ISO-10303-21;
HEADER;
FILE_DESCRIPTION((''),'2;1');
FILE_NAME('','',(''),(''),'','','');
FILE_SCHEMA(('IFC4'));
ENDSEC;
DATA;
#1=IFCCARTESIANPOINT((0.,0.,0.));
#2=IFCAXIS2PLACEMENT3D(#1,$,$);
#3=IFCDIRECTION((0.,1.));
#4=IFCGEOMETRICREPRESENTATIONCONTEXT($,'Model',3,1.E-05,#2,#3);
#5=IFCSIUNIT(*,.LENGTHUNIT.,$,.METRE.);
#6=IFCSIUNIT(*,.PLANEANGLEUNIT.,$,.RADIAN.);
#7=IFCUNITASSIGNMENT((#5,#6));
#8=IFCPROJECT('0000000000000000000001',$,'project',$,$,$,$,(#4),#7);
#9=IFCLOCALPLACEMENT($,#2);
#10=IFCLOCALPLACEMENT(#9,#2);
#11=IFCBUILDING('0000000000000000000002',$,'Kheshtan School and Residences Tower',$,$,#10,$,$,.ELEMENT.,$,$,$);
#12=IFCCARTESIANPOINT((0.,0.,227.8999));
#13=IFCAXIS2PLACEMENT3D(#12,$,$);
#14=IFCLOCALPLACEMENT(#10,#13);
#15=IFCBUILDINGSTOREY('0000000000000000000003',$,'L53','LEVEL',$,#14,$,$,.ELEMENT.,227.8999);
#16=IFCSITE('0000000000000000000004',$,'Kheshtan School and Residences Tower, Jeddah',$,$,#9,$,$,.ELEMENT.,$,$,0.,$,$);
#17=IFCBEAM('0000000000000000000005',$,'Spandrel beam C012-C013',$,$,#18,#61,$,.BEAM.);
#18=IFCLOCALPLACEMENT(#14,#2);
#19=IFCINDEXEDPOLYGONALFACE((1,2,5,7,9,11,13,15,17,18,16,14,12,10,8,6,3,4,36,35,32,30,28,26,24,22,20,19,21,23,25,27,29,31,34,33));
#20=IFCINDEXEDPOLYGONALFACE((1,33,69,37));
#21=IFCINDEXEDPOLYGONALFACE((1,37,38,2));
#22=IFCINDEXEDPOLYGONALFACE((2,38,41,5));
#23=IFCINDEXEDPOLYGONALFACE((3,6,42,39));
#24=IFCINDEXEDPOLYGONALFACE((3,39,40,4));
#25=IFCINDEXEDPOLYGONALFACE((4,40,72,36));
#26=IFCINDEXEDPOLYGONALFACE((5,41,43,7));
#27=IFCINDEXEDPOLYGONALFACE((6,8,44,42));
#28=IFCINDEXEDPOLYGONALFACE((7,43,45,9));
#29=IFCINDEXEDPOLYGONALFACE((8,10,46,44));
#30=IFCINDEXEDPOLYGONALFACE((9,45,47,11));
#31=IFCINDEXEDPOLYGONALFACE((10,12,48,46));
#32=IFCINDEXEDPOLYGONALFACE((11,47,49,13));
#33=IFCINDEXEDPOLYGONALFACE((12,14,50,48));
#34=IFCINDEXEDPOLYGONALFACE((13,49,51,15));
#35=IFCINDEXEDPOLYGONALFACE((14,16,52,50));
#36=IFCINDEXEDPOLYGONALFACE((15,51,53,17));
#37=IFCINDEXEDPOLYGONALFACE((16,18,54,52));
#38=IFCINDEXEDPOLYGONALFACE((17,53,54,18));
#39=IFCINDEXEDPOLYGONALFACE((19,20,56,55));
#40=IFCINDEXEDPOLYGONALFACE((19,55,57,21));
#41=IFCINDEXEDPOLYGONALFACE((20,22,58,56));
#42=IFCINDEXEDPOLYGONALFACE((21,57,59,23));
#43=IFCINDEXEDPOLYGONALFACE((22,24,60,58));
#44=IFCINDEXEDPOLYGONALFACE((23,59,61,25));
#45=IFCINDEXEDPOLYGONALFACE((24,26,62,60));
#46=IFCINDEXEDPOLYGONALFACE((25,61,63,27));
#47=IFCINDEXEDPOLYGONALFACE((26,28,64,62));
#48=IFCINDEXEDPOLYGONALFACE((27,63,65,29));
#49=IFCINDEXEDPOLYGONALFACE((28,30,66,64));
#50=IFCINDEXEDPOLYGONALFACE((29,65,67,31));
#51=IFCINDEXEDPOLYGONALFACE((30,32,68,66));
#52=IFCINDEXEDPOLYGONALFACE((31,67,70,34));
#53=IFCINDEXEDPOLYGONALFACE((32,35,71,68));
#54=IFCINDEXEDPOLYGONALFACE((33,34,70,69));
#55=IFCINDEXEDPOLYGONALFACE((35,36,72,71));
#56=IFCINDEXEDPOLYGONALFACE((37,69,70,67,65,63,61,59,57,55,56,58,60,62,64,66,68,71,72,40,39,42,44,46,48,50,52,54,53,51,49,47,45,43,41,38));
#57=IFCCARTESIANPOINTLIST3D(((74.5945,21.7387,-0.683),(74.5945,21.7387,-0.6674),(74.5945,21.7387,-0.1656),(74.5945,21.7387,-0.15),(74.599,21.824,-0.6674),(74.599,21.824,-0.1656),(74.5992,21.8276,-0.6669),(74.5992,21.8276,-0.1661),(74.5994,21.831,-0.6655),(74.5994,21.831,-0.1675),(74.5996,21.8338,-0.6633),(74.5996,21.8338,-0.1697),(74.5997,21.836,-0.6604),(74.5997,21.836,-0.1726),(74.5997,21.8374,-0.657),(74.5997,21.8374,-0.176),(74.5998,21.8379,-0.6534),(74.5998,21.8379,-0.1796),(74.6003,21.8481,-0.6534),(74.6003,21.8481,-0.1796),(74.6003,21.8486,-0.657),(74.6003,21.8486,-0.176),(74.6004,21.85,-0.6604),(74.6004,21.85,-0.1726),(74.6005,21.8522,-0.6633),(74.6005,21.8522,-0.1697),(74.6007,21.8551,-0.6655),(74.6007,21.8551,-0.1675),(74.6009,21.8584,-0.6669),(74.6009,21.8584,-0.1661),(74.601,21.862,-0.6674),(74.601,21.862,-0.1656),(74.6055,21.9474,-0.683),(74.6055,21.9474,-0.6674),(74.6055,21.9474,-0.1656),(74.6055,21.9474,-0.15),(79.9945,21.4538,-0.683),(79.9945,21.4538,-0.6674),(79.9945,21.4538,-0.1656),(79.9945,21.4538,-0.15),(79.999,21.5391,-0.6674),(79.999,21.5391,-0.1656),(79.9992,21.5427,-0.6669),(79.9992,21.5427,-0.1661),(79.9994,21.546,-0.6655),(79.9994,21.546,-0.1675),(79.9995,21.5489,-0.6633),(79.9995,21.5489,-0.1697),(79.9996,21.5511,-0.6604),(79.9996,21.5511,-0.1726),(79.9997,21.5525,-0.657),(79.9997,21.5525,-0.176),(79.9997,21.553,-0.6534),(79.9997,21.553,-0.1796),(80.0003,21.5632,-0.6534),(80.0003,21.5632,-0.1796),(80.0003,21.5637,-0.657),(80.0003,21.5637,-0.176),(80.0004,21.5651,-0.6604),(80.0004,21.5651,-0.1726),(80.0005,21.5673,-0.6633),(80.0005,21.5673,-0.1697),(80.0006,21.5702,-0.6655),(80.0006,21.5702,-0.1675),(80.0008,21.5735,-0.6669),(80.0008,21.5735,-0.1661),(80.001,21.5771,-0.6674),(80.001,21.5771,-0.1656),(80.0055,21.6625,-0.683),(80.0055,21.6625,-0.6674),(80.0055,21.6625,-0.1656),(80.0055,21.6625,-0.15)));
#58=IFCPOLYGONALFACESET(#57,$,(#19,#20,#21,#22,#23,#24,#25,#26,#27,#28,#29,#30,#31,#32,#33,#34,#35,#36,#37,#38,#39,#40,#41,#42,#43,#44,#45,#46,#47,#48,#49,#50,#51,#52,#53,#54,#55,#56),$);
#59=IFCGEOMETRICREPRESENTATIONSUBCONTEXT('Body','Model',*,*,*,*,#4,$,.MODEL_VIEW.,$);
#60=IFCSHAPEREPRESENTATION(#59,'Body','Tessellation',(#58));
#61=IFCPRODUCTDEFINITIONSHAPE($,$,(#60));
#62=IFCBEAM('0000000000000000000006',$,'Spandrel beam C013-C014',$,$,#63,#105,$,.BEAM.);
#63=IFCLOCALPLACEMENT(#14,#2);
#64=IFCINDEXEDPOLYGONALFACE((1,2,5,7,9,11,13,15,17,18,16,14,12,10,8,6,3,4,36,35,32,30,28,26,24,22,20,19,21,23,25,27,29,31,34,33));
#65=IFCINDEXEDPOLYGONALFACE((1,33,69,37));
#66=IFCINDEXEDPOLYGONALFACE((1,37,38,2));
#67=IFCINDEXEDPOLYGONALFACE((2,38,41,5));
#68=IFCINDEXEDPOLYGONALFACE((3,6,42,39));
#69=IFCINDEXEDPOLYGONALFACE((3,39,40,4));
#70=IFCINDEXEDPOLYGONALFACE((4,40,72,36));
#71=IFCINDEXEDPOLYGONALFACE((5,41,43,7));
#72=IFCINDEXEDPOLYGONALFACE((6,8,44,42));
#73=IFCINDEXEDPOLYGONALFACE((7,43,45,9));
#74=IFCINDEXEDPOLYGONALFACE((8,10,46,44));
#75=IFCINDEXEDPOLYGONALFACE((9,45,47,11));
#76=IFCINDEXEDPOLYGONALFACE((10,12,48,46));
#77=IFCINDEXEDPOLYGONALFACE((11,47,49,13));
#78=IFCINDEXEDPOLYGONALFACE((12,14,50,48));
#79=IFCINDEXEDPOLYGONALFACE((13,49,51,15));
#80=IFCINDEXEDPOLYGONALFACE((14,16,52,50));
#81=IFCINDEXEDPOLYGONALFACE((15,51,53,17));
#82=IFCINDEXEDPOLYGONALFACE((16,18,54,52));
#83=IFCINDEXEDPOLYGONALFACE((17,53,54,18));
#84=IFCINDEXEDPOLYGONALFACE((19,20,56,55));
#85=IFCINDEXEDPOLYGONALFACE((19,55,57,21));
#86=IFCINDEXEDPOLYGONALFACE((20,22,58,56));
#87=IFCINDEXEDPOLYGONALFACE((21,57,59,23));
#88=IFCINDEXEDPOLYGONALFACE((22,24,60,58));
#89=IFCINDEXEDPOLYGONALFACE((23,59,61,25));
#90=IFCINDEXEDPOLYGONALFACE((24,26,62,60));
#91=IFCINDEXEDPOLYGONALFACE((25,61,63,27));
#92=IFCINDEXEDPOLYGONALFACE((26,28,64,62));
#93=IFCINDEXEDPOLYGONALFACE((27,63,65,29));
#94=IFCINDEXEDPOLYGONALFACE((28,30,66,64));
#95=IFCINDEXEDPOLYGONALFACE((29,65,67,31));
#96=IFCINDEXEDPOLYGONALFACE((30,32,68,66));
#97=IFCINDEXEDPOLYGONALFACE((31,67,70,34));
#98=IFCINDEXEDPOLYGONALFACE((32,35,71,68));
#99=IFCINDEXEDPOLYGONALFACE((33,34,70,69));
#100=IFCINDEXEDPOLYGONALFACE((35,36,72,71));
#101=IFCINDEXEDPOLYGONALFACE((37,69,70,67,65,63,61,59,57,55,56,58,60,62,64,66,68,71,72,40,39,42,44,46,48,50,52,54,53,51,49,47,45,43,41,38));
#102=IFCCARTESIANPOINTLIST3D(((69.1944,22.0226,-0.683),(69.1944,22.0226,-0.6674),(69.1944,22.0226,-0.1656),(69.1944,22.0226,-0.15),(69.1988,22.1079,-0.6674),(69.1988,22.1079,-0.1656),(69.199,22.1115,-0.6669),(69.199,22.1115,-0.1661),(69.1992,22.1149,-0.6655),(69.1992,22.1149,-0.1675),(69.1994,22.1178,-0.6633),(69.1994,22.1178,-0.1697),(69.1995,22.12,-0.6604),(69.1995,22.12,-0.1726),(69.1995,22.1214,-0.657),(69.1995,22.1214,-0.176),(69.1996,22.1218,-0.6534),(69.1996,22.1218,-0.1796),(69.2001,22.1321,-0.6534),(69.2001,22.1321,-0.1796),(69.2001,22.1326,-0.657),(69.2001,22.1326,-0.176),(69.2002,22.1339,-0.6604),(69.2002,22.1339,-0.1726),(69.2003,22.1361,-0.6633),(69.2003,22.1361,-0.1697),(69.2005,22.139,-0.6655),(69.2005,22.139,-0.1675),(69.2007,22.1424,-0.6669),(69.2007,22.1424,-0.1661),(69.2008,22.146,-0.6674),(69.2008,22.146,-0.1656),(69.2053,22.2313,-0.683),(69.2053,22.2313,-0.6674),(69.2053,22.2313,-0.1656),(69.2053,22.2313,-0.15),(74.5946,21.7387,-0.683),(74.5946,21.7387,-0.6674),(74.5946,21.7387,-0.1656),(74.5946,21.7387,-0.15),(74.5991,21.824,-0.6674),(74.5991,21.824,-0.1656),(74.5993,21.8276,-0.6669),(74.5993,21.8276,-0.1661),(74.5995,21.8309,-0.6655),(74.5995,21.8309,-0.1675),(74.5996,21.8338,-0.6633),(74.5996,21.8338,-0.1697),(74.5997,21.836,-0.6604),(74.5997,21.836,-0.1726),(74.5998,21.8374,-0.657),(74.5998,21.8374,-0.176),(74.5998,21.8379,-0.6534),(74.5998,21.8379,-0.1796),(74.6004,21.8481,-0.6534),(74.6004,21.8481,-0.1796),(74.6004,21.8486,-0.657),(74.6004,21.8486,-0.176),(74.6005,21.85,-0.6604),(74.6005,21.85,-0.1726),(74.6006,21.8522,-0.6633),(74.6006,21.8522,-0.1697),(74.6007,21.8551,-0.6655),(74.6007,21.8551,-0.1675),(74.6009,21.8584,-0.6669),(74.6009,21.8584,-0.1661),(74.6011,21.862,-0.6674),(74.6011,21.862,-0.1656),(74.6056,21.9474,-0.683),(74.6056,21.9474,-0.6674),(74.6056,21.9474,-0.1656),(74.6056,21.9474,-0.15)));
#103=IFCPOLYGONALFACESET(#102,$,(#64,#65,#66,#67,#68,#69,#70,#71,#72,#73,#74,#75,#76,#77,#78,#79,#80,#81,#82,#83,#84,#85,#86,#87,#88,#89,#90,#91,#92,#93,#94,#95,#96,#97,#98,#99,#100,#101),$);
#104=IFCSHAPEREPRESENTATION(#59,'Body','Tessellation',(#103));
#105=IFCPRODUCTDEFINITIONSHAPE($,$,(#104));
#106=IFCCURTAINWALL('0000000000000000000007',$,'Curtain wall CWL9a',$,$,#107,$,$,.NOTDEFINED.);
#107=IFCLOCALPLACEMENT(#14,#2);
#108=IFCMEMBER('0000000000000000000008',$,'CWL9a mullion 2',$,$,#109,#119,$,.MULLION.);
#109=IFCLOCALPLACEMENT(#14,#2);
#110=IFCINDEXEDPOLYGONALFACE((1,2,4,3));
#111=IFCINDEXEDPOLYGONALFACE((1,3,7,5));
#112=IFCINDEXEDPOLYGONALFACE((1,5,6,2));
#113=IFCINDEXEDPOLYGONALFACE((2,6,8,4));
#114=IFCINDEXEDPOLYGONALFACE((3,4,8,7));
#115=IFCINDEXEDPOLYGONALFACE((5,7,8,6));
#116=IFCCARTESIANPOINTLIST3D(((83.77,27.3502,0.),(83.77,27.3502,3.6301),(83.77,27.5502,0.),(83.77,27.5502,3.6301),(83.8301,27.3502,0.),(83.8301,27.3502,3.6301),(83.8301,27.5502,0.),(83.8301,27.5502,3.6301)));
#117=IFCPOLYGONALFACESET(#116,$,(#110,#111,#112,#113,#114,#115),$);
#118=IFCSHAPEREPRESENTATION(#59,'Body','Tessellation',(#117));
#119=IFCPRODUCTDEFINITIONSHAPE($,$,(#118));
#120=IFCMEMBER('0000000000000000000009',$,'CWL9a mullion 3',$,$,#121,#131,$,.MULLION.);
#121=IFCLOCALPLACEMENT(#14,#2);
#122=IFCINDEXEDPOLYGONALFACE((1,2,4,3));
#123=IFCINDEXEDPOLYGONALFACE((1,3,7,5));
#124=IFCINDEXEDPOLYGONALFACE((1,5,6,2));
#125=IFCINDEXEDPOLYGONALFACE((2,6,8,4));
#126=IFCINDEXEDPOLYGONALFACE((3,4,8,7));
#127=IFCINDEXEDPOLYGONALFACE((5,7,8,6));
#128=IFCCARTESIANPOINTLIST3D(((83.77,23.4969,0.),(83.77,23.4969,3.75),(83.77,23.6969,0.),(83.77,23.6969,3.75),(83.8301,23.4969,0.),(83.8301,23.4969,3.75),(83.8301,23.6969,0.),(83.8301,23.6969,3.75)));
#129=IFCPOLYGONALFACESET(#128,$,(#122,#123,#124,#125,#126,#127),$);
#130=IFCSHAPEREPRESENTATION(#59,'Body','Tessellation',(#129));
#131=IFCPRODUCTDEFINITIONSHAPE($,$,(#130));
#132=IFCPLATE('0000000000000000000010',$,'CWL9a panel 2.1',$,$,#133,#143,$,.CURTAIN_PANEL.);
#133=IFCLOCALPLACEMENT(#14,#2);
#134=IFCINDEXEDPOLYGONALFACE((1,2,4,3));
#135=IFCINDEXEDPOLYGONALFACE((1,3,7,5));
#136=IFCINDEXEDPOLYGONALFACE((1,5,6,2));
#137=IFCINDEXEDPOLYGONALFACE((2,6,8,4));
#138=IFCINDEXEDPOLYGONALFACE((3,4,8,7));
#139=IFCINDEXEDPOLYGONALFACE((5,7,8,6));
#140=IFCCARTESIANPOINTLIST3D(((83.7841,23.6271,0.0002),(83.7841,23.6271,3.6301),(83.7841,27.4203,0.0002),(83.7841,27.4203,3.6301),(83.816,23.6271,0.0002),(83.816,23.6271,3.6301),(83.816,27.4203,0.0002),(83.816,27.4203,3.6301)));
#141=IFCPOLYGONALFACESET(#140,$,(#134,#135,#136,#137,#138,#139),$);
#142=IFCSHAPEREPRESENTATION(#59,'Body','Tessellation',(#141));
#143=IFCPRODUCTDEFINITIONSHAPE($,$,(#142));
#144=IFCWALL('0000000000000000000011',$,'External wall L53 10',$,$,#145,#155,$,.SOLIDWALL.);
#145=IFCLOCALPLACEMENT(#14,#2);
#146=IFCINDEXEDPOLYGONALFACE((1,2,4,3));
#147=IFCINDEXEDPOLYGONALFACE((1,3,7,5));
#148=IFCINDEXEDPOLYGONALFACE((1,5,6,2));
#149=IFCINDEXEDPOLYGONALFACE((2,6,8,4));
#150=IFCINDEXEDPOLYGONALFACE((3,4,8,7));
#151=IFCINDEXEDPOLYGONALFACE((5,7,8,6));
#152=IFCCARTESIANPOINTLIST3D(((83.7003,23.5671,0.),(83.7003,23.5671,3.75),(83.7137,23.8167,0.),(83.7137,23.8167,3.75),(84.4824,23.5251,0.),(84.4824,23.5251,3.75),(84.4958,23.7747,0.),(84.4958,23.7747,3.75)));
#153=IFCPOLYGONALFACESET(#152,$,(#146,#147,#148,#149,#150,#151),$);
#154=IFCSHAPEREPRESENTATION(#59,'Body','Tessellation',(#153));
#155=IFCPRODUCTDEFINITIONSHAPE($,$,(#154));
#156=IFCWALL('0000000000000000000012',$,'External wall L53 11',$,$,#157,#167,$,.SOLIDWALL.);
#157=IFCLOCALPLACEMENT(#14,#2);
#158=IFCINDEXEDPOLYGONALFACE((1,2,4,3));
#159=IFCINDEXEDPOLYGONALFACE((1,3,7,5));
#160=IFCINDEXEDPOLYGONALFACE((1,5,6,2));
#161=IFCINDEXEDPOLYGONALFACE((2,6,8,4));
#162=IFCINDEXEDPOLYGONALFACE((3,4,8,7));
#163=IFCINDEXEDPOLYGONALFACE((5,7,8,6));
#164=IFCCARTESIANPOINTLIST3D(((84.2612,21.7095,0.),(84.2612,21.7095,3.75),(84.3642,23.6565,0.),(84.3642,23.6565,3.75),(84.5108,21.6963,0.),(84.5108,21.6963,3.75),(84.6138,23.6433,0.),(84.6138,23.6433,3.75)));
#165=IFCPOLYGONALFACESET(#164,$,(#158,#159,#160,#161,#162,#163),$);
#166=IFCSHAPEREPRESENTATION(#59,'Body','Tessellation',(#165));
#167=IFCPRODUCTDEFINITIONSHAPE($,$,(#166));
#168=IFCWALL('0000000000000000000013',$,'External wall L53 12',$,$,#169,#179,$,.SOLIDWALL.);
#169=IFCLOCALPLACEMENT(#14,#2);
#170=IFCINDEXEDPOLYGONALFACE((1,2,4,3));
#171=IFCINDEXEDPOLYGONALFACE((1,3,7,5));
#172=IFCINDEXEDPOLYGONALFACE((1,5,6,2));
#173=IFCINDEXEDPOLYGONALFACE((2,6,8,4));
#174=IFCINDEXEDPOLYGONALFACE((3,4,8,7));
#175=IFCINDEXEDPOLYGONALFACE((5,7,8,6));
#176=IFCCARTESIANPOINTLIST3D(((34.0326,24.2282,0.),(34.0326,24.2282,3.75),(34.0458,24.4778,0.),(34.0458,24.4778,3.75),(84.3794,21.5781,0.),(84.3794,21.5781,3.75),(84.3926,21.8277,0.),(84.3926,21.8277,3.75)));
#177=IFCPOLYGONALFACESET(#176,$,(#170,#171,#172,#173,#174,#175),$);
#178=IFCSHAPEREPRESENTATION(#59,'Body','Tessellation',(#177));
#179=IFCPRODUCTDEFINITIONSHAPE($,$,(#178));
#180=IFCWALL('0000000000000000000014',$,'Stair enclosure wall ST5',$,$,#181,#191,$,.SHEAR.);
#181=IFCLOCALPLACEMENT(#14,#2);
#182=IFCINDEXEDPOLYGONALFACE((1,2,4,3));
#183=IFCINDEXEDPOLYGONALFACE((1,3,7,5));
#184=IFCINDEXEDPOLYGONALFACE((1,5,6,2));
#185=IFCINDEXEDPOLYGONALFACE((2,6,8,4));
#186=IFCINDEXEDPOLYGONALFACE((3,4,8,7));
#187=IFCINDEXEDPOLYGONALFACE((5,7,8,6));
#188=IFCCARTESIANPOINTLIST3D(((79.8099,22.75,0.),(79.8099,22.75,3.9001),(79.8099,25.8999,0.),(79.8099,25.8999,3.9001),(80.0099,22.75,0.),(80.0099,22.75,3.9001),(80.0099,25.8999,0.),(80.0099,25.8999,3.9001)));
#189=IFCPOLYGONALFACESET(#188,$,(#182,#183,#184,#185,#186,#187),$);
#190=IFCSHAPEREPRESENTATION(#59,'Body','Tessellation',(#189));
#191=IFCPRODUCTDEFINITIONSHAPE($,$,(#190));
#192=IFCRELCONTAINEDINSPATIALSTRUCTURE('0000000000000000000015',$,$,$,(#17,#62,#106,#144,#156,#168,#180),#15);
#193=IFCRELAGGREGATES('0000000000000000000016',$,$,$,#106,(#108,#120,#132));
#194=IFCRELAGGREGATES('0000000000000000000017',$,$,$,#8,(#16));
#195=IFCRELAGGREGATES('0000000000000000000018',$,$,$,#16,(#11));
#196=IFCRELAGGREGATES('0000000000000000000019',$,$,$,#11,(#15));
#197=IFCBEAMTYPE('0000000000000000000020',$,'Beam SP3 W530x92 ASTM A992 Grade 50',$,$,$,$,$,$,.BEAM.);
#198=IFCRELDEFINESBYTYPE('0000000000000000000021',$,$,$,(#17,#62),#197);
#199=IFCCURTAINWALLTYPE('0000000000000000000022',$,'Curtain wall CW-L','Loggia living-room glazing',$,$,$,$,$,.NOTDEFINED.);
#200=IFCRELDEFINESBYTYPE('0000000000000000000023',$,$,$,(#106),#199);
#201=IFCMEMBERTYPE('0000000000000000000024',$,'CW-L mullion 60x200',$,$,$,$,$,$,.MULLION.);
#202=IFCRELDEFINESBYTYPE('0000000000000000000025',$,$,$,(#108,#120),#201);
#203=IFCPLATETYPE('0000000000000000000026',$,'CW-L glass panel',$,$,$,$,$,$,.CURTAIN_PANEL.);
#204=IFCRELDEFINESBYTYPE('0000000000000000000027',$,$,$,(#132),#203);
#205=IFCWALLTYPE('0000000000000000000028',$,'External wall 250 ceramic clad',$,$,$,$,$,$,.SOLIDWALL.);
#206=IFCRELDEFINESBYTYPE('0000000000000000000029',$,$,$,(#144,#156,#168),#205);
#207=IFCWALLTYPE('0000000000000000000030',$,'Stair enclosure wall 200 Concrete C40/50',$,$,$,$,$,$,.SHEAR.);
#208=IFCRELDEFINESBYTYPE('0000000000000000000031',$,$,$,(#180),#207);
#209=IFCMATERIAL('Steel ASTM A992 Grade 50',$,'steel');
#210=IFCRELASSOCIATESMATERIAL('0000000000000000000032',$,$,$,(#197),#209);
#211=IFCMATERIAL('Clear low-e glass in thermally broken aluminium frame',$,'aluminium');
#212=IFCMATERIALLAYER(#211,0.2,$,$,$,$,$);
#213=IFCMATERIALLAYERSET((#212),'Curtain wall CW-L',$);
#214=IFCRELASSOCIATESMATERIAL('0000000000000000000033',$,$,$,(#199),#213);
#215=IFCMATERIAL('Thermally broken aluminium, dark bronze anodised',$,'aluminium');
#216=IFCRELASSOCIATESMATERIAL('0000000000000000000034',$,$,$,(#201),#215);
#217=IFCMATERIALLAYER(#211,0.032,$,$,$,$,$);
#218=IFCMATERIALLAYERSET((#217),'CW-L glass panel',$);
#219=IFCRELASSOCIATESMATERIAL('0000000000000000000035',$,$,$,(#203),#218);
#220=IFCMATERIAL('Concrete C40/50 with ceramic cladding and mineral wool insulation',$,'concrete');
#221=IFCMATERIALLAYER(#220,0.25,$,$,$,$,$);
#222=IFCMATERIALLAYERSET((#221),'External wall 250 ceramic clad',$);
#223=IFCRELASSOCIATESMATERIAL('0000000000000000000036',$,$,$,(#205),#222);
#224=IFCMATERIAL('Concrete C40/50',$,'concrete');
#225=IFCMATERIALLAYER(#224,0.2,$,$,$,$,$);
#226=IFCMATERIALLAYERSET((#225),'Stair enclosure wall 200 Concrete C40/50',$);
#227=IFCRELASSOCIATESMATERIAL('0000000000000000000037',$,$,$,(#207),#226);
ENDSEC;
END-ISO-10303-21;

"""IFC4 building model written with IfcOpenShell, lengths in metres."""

from ifc_helpers import new_model, si_unit, direction, frame, frame_2d, origin, origin_2d, place, context, subcontext, project, spatial, rectangle, i_section, extrude, material, layer, layer_set, material_profile, profile_set, type_object, element, aggregate, save


model = new_model("IFC4")

# Units and contexts
model_context = context("Model", 3, precision=1e-05, world=origin(), true_north=direction((0.0, 1.0)))
body_context = subcontext(model_context, "Body", "Model", "MODEL_VIEW")
ifc_project = project(units=[si_unit("LENGTHUNIT", "METRE"), si_unit("PLANEANGLEUNIT", "RADIAN")], contexts=[model_context])

# Site, building, storey
site_placement = place(None, origin())
site = spatial("IfcSite", under=ifc_project, at=site_placement, Name="Kheshtan School and Residences Tower, Jeddah", CompositionType="ELEMENT", RefElevation=0.0)
building_placement = place(site_placement, origin())
building = spatial("IfcBuilding", under=site, at=building_placement, Name="Kheshtan School and Residences Tower", CompositionType="ELEMENT")
storey_placement = place(building_placement, frame((0.0, 0.0, 227.8999)))
storey = spatial("IfcBuildingStorey", under=building, at=storey_placement, Name="L53", Description="LEVEL", CompositionType="ELEMENT", Elevation=227.8999)

# Shared definitions
ifc_material_1 = material(Name="Steel ASTM A992 Grade 50", Category="steel")

# Beams
ifc_material_profile_1 = material_profile(ifc_material_1, i_section(OverallWidth=0.209, OverallDepth=0.533, WebThickness=0.0103, FlangeThickness=0.0156, FilletRadius=0.0139, at=origin_2d()), Name="W530x92")
ifc_profile_set_1 = profile_set([ifc_material_profile_1], Name="Steel ASTM A992 Grade 50")
beam_type = type_object("IfcBeamType", Name="Beam SP3 W530x92 ASTM A992 Grade 50", PredefinedType="BEAM", material=ifc_profile_set_1)
beam_1_placement = place(storey_placement, frame((80.0, 21.5581, -0.4165), z_axis=(-0.998611, 0.052689, 0.0), x_axis=(-0.052689, -0.998611, 0.0)))
element("IfcBeam", 1, at=beam_1_placement, inside=storey, type_object=beam_type, Name="Spandrel beam C012-C013", PredefinedType="BEAM", context=body_context, shape_type="SweptSolid", body=[
    extrude(i_section(OverallWidth=0.209, OverallDepth=0.533, WebThickness=0.0103, FlangeThickness=0.0156, FilletRadius=0.0139, at=origin_2d()), origin(), (0.0, 0.0, 1.0), 5.4075),
])
beam_2_placement = place(storey_placement, frame((74.6001, 21.843, -0.4165), z_axis=(-0.998621, 0.052507, 0.0), x_axis=(-0.052507, -0.998621, 0.0)))
element("IfcBeam", 2, at=beam_2_placement, inside=storey, type_object=beam_type, Name="Spandrel beam C013-C014", PredefinedType="BEAM", context=body_context, shape_type="SweptSolid", body=[
    extrude(i_section(OverallWidth=0.209, OverallDepth=0.533, WebThickness=0.0103, FlangeThickness=0.0156, FilletRadius=0.0139, at=origin_2d()), origin(), (0.0, 0.0, 1.0), 5.4077),
])

# Curtain wall, members, plate
ifc_material_2 = material(Name="Clear low-e glass in thermally broken aluminium frame", Category="aluminium")
ifc_layer_1 = layer(ifc_material_2, 0.2)
ifc_layer_set_1 = layer_set([ifc_layer_1], Name="Curtain wall CW-L")
curtain_wall_type = type_object("IfcCurtainWallType", Name="Curtain wall CW-L", Description="Loggia living-room glazing", PredefinedType="NOTDEFINED", material=ifc_layer_set_1)
curtain_wall_placement = place(storey_placement, origin())
curtain_wall = element("IfcCurtainWall", 3, at=curtain_wall_placement, inside=storey, type_object=curtain_wall_type, Name="Curtain wall CWL9a", PredefinedType="NOTDEFINED")
ifc_material_3 = material(Name="Thermally broken aluminium, dark bronze anodised", Category="aluminium")
ifc_material_profile_2 = material_profile(ifc_material_3, rectangle(XDim=0.0601, YDim=0.2, at=origin_2d()), Name="CW-L mullion 60x200")
ifc_profile_set_2 = profile_set([ifc_material_profile_2], Name="Thermally broken aluminium, dark bronze anodised")
member_type = type_object("IfcMemberType", Name="CW-L mullion 60x200", PredefinedType="MULLION", material=ifc_profile_set_2)
member_1_placement = place(storey_placement, frame((83.8, 27.4502, 0.0), z_axis=(0.0, 0.0, 1.0), x_axis=(1.0, 0.0, 0.0)))
member_1 = element("IfcMember", 4, at=member_1_placement, type_object=member_type, Name="CWL9a mullion 2", PredefinedType="MULLION", context=body_context, shape_type="SweptSolid", body=[
    extrude(rectangle(XDim=0.0601, YDim=0.2, at=origin_2d()), origin(), (0.0, 0.0, 1.0), 3.6301),
])
member_2_placement = place(storey_placement, frame((83.8, 23.5969, 0.0), z_axis=(0.0, 0.0, 1.0), x_axis=(1.0, 0.0, 0.0)))
member_2 = element("IfcMember", 5, at=member_2_placement, type_object=member_type, Name="CWL9a mullion 3", PredefinedType="MULLION", context=body_context, shape_type="SweptSolid", body=[
    extrude(rectangle(XDim=0.0601, YDim=0.2, at=origin_2d()), origin(), (0.0, 0.0, 1.0), 3.75),
])
ifc_layer_2 = layer(ifc_material_2, 0.032)
ifc_layer_set_2 = layer_set([ifc_layer_2], Name="CW-L glass panel")
plate_type = type_object("IfcPlateType", Name="CW-L glass panel", PredefinedType="CURTAIN_PANEL", material=ifc_layer_set_2)
plate_placement = place(storey_placement, frame((83.8, 25.5237, 0.0002), z_axis=(0.0, 0.0, 1.0), x_axis=(0.0, -1.0, 0.0)))
plate = element("IfcPlate", 6, at=plate_placement, type_object=plate_type, Name="CWL9a panel 2.1", PredefinedType="CURTAIN_PANEL", context=body_context, shape_type="SweptSolid", body=[
    extrude(rectangle(XDim=3.7932, YDim=0.032, at=origin_2d()), origin(), (0.0, 0.0, 1.0), 3.6299),
])
aggregate(curtain_wall, [member_1, member_2, plate])

# Walls
ifc_material_4 = material(Name="Concrete C40/50 with ceramic cladding and mineral wool insulation", Category="concrete")
ifc_layer_3 = layer(ifc_material_4, 0.25)
ifc_layer_set_3 = layer_set([ifc_layer_3], Name="External wall 250 ceramic clad")
wall_type_1 = type_object("IfcWallType", Name="External wall 250 ceramic clad", PredefinedType="SOLIDWALL", material=ifc_layer_set_3)
wall_1_placement = place(storey_placement, frame((83.707, 23.6919, 0.0), z_axis=(0.0, 0.0, 1.0), x_axis=(0.998561, -0.053622, 0.0)))
element("IfcWall", 7, at=wall_1_placement, inside=storey, type_object=wall_type_1, Name="External wall L53 10", PredefinedType="SOLIDWALL", context=body_context, shape_type="SweptSolid", body=[
    extrude(rectangle(XDim=0.7832, YDim=0.25, at=frame_2d((0.3916, 0.0))), origin(), (0.0, 0.0, 1.0), 3.75),
])
wall_2_placement = place(storey_placement, frame((84.489, 23.6499, 0.0), z_axis=(0.0, 0.0, 1.0), x_axis=(-0.052841, -0.998603, 0.0)))
element("IfcWall", 8, at=wall_2_placement, inside=storey, type_object=wall_type_1, Name="External wall L53 11", PredefinedType="SOLIDWALL", context=body_context, shape_type="SweptSolid", body=[
    extrude(rectangle(XDim=1.9497, YDim=0.25, at=frame_2d((0.9749, 0.0))), origin(), (0.0, 0.0, 1.0), 3.75),
])
wall_3_placement = place(storey_placement, frame((84.386, 21.7029, 0.0), z_axis=(0.0, 0.0, 1.0), x_axis=(-0.998618, 0.052565, 0.0)))
element("IfcWall", 9, at=wall_3_placement, inside=storey, type_object=wall_type_1, Name="External wall L53 12", PredefinedType="SOLIDWALL", context=body_context, shape_type="SweptSolid", body=[
    extrude(rectangle(XDim=50.4165, YDim=0.25, at=frame_2d((25.2083, 0.0))), origin(), (0.0, 0.0, 1.0), 3.75),
])
ifc_material_5 = material(Name="Concrete C40/50", Category="concrete")
ifc_layer_4 = layer(ifc_material_5, 0.2)
ifc_layer_set_4 = layer_set([ifc_layer_4], Name="Stair enclosure wall 200 Concrete C40/50")
wall_type_2 = type_object("IfcWallType", Name="Stair enclosure wall 200 Concrete C40/50", PredefinedType="SHEAR", material=ifc_layer_set_4)
wall_4_placement = place(storey_placement, frame((79.9099, 22.75, 0.0), z_axis=(0.0, 0.0, 1.0), x_axis=(0.0, 1.0, 0.0)))
element("IfcWall", 10, at=wall_4_placement, inside=storey, type_object=wall_type_2, Name="Stair enclosure wall ST5", PredefinedType="SHEAR", context=body_context, shape_type="SweptSolid", body=[
    extrude(rectangle(XDim=3.1499, YDim=0.2, at=frame_2d((1.575, 0.0))), origin(), (0.0, 0.0, 1.0), 3.9001),
])

save(model, "model.ifc")
